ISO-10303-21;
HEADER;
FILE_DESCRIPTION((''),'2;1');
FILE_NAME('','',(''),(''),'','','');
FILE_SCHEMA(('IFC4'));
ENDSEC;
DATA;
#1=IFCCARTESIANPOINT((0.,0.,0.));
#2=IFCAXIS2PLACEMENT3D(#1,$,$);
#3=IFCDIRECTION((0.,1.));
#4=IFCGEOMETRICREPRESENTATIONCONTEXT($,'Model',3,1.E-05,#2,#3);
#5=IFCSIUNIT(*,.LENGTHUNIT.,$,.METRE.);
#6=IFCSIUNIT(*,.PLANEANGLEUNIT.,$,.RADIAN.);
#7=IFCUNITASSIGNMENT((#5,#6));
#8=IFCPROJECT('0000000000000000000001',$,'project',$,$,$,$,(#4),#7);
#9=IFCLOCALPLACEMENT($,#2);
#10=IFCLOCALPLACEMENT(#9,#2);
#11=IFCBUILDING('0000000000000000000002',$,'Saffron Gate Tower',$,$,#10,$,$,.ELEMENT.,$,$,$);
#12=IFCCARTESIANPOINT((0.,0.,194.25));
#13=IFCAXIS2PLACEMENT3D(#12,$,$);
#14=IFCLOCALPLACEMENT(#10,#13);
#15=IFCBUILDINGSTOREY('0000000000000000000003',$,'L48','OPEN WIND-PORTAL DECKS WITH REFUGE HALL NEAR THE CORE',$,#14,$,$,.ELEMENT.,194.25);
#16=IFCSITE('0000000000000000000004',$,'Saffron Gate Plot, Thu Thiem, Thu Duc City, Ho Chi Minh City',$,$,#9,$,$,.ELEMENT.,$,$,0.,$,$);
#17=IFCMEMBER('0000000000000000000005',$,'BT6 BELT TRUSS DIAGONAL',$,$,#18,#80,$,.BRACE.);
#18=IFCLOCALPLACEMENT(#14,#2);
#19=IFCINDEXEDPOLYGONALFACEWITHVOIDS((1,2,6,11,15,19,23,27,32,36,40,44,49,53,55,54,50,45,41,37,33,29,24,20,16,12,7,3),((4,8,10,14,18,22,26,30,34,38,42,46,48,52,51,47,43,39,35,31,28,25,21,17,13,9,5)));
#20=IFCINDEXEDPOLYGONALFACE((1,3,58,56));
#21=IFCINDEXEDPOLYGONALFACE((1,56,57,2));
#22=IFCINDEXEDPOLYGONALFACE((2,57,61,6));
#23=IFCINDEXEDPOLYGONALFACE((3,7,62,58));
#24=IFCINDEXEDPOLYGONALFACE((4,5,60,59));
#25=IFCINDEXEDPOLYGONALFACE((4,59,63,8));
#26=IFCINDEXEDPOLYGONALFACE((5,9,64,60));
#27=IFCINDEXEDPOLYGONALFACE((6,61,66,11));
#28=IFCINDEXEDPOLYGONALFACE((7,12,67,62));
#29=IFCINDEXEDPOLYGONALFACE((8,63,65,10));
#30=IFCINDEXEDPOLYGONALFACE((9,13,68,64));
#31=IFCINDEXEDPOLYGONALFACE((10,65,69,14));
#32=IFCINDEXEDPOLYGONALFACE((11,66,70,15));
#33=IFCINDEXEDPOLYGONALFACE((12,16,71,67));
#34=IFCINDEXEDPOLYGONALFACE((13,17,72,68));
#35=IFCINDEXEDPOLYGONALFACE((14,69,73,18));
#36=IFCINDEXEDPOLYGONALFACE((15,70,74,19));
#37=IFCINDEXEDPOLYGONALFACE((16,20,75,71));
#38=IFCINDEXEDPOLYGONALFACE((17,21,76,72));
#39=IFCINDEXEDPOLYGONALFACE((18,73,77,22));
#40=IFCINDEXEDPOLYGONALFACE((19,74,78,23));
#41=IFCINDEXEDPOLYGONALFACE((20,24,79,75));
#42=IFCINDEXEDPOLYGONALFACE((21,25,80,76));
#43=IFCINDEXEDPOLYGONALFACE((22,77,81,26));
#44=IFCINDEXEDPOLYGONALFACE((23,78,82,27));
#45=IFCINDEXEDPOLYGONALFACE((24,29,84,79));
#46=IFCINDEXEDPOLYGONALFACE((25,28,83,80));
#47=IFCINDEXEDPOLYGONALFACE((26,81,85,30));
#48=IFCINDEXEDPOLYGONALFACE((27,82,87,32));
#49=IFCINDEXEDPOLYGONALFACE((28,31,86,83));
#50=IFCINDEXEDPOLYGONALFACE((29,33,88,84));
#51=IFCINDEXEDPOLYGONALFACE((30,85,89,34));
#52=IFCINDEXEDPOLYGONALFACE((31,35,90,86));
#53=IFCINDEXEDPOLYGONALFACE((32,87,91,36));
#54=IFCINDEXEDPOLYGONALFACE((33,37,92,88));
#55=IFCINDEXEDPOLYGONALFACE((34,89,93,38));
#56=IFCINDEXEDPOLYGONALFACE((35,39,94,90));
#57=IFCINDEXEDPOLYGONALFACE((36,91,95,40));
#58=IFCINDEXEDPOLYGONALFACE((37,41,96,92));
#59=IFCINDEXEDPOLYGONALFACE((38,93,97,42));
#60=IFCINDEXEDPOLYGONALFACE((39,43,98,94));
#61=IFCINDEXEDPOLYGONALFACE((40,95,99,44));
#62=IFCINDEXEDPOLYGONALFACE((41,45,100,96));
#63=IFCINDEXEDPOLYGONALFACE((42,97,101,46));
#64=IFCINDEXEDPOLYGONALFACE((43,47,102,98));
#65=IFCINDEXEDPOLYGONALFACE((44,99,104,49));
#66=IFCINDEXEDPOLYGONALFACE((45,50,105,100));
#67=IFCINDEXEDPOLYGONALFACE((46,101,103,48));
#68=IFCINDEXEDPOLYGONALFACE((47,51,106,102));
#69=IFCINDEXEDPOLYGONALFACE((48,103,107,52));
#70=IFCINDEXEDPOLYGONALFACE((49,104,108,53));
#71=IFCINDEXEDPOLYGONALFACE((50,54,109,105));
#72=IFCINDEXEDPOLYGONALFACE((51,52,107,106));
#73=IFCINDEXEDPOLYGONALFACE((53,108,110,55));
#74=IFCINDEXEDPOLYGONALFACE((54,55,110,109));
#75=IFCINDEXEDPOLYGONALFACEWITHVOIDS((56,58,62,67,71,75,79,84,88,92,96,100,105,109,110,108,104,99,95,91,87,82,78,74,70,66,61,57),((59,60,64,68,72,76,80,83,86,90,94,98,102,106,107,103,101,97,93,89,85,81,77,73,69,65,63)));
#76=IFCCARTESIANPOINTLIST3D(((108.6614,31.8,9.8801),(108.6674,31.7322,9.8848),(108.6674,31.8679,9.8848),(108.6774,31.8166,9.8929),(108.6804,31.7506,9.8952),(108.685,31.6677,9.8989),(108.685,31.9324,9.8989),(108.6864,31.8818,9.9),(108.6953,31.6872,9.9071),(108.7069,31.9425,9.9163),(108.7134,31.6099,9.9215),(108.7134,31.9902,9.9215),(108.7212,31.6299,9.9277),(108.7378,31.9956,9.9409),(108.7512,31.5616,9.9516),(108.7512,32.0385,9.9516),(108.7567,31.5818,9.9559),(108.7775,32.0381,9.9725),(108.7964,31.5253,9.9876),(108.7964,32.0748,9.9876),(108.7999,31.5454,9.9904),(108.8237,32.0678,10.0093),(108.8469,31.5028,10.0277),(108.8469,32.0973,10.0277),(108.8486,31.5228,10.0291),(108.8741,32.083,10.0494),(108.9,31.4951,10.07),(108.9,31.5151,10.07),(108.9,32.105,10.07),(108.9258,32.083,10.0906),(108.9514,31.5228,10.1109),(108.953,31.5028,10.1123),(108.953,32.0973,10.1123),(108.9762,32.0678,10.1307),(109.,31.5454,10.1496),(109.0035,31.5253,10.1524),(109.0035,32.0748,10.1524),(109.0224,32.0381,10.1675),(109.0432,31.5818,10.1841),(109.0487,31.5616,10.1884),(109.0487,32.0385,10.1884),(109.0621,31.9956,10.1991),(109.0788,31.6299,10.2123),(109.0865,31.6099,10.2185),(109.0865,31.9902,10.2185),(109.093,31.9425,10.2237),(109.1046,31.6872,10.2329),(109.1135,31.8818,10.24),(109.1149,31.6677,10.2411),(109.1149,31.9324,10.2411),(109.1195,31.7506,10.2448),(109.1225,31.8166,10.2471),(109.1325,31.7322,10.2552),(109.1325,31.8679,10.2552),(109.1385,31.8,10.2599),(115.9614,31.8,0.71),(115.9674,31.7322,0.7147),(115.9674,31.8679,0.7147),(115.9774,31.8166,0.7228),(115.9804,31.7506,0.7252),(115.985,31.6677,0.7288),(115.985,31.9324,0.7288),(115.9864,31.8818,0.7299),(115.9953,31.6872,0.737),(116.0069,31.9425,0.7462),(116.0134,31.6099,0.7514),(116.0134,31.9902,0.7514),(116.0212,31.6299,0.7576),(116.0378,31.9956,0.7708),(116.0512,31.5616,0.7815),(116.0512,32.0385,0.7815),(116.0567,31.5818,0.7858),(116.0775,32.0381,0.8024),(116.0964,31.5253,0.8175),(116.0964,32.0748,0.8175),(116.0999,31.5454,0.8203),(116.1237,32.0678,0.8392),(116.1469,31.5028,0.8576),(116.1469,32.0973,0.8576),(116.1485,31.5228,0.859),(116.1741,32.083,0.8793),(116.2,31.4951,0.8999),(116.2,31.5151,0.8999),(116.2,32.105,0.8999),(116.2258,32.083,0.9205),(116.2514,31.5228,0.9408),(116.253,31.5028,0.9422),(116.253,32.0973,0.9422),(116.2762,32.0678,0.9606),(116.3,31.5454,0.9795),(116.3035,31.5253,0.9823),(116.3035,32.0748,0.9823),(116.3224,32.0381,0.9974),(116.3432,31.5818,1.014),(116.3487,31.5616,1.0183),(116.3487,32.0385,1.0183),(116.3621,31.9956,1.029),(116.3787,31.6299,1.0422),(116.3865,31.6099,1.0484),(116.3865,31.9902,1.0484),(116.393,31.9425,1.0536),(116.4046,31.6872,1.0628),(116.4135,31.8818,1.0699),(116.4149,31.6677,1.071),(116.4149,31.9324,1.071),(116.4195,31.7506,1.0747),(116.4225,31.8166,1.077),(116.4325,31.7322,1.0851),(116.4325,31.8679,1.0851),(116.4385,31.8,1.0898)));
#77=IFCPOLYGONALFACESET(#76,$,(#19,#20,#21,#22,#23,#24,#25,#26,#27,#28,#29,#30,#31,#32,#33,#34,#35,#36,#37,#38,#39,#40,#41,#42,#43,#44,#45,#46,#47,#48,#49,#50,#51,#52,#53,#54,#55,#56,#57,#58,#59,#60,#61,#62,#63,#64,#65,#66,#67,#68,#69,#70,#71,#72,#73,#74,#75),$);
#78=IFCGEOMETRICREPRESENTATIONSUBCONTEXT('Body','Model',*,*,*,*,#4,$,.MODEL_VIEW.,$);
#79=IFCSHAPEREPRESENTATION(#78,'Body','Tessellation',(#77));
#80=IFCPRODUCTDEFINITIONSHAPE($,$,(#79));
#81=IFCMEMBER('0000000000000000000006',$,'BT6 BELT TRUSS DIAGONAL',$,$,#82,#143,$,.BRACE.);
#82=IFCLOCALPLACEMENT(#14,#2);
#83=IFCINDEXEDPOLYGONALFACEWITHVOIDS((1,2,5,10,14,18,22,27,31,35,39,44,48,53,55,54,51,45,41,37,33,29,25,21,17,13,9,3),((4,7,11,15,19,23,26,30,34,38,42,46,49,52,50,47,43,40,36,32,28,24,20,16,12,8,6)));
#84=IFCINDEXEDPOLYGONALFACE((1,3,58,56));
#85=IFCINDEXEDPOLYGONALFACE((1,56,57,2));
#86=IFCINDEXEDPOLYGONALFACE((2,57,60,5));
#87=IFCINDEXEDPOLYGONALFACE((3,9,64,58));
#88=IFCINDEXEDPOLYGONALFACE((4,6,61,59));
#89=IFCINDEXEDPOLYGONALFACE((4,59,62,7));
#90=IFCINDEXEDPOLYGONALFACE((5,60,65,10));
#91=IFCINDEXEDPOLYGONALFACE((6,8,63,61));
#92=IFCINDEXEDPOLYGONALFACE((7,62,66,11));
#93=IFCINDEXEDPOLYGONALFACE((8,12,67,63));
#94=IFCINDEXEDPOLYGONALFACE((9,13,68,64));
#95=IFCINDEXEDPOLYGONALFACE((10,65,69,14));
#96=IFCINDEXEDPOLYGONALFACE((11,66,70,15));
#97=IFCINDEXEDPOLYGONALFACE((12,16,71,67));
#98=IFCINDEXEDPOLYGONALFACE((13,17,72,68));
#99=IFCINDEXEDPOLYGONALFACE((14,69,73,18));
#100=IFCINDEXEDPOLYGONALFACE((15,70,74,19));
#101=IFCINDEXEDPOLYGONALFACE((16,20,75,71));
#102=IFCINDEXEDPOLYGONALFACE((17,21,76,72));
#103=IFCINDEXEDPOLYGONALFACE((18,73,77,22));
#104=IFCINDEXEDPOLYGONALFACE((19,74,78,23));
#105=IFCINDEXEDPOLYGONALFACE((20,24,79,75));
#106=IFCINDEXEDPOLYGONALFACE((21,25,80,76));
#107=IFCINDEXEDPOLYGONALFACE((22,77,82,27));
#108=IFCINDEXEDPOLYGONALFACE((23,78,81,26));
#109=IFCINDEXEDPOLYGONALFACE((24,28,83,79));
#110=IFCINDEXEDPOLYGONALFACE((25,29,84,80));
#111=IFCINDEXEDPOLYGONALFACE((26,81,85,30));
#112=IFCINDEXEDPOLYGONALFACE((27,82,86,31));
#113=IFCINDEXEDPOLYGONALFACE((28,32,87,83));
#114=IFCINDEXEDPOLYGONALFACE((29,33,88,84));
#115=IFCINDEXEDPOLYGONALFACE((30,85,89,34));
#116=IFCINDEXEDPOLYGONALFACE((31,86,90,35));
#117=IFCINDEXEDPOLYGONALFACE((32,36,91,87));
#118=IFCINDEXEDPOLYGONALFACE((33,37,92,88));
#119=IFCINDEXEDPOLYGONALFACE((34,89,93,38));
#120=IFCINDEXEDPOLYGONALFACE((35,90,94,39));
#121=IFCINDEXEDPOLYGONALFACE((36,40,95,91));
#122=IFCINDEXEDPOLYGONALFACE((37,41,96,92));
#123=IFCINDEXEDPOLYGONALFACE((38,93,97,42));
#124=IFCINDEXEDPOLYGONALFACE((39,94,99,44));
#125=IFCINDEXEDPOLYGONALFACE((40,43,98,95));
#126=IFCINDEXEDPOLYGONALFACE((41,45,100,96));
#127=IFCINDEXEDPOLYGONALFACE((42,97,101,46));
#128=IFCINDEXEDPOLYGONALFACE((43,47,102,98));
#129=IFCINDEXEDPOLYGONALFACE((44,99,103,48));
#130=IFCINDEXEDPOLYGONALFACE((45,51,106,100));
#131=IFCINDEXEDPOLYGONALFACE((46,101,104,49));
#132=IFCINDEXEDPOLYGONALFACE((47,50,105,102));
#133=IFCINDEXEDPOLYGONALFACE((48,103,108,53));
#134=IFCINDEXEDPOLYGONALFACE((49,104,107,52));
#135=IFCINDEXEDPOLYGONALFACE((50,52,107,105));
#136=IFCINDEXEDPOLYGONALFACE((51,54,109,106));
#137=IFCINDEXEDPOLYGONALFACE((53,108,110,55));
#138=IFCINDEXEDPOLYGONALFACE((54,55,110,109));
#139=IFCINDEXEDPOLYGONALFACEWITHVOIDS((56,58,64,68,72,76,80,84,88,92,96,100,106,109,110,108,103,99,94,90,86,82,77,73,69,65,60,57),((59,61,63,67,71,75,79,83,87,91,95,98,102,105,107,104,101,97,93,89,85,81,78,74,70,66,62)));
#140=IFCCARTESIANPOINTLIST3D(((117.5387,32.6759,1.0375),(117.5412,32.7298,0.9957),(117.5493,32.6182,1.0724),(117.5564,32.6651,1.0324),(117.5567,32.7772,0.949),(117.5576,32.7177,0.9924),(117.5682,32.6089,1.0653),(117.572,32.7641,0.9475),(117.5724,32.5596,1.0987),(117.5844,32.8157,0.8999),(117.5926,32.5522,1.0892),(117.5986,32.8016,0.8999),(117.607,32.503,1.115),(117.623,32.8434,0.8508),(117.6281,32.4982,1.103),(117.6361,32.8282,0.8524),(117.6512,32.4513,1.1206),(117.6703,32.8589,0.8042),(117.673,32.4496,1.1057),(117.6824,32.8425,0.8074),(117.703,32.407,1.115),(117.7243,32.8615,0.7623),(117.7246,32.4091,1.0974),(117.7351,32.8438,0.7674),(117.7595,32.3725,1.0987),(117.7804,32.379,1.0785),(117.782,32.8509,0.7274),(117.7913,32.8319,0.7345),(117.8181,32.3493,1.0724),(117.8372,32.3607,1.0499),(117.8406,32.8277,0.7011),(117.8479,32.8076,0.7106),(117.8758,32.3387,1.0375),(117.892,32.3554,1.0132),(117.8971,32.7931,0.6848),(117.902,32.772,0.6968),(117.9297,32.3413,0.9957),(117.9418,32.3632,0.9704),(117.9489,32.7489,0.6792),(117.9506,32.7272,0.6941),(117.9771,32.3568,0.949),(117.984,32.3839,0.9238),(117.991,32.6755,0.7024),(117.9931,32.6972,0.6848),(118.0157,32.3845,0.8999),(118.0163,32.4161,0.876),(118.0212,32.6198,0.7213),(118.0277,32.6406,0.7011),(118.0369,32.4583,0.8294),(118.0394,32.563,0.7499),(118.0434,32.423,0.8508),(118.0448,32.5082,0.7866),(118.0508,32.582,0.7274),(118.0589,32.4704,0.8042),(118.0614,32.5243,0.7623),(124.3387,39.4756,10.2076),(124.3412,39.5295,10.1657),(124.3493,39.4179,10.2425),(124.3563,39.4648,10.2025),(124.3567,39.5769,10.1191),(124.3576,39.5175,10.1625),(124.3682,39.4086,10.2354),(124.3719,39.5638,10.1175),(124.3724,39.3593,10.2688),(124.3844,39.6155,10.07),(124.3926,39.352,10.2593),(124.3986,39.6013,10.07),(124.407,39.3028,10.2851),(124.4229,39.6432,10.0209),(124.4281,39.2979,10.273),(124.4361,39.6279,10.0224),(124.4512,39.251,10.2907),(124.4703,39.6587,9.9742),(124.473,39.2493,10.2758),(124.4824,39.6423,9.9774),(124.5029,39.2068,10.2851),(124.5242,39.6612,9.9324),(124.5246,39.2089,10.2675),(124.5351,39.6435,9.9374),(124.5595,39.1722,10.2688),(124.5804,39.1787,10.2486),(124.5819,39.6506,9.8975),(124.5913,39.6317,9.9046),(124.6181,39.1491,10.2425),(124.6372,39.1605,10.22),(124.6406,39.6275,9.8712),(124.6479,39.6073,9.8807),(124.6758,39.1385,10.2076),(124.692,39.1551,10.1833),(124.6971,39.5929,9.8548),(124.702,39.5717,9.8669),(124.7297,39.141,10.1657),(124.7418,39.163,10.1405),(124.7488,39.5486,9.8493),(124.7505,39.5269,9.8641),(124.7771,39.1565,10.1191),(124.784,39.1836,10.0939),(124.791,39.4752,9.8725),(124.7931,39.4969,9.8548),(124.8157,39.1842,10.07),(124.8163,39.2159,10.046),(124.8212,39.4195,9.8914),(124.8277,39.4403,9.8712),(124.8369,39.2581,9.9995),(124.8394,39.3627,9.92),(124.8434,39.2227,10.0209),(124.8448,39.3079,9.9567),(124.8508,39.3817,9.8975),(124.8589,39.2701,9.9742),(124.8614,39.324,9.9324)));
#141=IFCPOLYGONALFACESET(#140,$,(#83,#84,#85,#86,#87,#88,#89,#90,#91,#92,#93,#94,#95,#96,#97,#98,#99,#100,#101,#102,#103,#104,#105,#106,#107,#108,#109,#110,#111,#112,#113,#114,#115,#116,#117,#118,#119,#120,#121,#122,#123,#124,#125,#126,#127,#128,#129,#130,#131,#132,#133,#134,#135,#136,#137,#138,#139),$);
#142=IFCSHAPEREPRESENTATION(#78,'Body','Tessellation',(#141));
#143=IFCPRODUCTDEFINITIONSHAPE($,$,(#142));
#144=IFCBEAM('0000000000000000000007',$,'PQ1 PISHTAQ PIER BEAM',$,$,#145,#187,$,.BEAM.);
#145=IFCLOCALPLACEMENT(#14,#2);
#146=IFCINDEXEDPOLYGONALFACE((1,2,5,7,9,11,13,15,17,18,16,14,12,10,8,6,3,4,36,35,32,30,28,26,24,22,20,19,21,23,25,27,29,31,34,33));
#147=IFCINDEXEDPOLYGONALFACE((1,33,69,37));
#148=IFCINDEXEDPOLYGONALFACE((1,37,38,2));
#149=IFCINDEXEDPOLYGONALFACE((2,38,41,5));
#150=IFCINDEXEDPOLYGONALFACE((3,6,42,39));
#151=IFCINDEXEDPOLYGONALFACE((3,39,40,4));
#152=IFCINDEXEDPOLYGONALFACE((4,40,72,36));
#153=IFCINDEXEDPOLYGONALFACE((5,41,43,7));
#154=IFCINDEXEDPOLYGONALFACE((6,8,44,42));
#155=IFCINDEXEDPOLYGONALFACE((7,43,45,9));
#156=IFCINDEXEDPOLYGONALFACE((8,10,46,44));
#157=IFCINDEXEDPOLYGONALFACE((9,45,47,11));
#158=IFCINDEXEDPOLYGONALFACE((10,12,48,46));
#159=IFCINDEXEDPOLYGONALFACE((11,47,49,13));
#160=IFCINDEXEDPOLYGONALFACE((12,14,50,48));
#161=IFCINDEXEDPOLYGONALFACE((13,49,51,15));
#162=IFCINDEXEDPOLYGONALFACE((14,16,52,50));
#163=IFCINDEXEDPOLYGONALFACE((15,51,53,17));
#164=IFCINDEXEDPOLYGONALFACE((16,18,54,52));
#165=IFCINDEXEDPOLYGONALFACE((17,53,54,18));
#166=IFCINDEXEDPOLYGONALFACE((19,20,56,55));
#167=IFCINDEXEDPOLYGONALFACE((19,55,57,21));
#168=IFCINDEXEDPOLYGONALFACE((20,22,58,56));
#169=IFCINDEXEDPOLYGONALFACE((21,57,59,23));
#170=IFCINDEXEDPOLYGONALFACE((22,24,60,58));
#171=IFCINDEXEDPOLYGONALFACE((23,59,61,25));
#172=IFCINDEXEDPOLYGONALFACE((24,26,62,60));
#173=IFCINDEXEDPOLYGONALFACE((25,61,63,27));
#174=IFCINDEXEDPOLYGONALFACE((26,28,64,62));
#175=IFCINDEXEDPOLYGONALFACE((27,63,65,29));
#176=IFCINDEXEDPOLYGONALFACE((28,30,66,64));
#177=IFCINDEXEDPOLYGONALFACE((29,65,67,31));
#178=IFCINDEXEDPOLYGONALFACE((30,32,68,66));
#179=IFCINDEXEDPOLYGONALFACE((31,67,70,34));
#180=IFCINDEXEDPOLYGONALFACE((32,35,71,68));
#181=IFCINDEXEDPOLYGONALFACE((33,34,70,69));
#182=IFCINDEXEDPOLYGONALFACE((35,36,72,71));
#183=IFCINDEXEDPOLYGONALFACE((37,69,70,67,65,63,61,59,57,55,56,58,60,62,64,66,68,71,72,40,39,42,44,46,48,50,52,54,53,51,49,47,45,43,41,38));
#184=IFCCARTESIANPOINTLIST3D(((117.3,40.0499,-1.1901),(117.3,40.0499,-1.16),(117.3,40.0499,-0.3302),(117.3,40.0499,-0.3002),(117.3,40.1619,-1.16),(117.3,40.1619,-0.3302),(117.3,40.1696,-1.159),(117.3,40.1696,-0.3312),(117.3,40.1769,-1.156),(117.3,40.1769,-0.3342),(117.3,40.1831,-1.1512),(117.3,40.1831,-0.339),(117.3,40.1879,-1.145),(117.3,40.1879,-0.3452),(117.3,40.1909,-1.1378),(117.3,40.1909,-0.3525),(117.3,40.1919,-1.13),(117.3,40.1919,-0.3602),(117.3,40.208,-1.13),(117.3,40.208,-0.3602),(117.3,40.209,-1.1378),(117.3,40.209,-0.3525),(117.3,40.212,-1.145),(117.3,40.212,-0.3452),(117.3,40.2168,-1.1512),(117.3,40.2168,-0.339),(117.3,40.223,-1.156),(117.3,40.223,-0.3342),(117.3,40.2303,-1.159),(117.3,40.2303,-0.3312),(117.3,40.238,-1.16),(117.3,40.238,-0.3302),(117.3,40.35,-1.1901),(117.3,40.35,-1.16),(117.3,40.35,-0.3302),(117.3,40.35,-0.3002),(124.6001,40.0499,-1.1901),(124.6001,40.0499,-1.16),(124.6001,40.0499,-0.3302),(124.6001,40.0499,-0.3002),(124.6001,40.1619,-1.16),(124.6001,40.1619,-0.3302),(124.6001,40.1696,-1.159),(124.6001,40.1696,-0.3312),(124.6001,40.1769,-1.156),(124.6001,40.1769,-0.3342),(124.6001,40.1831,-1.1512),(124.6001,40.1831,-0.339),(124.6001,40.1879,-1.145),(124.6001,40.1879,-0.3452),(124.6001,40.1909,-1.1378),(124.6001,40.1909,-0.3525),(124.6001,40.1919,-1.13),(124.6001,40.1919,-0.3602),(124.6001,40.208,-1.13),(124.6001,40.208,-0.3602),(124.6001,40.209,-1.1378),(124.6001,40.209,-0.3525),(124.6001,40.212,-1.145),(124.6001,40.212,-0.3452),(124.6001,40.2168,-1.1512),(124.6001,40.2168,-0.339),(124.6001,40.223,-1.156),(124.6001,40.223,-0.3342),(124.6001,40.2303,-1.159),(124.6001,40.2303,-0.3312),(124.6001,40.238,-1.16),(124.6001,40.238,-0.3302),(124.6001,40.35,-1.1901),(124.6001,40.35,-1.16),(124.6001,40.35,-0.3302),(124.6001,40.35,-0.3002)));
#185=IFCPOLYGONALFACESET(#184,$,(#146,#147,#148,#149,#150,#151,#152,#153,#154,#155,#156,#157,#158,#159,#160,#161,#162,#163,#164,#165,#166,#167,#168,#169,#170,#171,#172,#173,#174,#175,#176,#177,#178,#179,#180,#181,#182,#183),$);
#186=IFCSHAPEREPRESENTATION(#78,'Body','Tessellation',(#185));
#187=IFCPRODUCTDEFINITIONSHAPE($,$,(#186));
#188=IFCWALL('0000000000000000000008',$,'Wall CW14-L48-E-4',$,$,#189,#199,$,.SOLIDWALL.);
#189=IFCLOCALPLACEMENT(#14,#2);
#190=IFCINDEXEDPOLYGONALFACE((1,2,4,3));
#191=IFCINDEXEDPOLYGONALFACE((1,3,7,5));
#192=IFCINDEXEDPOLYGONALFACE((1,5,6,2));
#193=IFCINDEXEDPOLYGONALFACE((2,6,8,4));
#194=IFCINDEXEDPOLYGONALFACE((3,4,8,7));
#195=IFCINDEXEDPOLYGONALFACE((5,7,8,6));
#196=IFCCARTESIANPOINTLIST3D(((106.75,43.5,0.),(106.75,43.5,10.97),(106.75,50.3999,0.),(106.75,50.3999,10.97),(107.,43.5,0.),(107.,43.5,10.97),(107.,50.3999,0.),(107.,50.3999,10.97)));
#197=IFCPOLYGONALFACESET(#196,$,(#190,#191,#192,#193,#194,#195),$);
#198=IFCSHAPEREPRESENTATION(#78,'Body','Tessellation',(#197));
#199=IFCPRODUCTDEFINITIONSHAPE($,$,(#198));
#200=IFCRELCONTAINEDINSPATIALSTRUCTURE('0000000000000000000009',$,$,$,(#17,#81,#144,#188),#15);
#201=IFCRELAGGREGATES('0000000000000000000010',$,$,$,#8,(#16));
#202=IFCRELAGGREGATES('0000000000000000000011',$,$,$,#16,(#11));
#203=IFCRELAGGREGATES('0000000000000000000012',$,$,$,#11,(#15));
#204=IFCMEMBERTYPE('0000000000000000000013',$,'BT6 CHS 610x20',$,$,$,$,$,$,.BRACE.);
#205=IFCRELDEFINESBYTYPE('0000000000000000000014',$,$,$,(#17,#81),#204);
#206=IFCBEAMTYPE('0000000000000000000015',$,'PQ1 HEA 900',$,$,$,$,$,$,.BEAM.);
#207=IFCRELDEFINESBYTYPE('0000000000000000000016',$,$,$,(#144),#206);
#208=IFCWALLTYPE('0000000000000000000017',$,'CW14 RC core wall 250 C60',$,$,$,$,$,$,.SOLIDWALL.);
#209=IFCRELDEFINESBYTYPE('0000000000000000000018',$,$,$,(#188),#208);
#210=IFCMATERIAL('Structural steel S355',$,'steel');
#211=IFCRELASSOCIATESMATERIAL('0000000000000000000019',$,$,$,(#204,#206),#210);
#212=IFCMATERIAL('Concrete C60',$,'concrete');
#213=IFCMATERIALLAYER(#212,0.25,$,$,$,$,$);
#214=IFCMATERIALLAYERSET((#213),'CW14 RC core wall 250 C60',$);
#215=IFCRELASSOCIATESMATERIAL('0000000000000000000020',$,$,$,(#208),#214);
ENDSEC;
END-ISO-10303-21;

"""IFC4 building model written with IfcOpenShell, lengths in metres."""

from ifc_helpers import new_model, si_unit, direction, frame, frame_2d, origin, origin_2d, place, context, subcontext, project, spatial, rectangle, hollow_circle, i_section, extrude, material, layer, layer_set, material_profile, profile_set, type_object, element, save


model = new_model("IFC4")

# Units and contexts
model_context = context("Model", 3, precision=1e-05, world=origin(), true_north=direction((0.0, 1.0)))
body_context = subcontext(model_context, "Body", "Model", "MODEL_VIEW")
ifc_project = project(units=[si_unit("LENGTHUNIT", "METRE"), si_unit("PLANEANGLEUNIT", "RADIAN")], contexts=[model_context])

# Site, building, storey
site_placement = place(None, origin())
site = spatial("IfcSite", under=ifc_project, at=site_placement, Name="Saffron Gate Plot, Thu Thiem, Thu Duc City, Ho Chi Minh City", CompositionType="ELEMENT", RefElevation=0.0)
building_placement = place(site_placement, origin())
building = spatial("IfcBuilding", under=site, at=building_placement, Name="Saffron Gate Tower", CompositionType="ELEMENT")
storey_placement = place(building_placement, frame((0.0, 0.0, 194.25)))
storey = spatial("IfcBuildingStorey", under=building, at=storey_placement, Name="L48", Description="OPEN WIND-PORTAL DECKS WITH REFUGE HALL NEAR THE CORE", CompositionType="ELEMENT", Elevation=194.25)

# Shared definitions
ifc_material_1 = material(Name="Structural steel S355", Category="steel")

# Members
ifc_material_profile_1 = material_profile(ifc_material_1, hollow_circle(Radius=0.3049, WallThickness=0.02, at=origin_2d()))
ifc_profile_set_1 = profile_set([ifc_material_profile_1], Name="Structural steel S355")
member_type_1 = type_object("IfcMemberType", Name="BT6 CHS 610x20", PredefinedType="BRACE", material=ifc_profile_set_1)
member_1_placement = place(storey_placement, frame((116.2, 31.8, 0.8999), z_axis=(-0.622816, 0.0, 0.782368), x_axis=(0.0, -1.0, 0.0)))
element("IfcMember", 1, at=member_1_placement, inside=storey, type_object=member_type_1, Name="BT6 BELT TRUSS DIAGONAL", PredefinedType="BRACE", context=body_context, shape_type="SweptSolid", body=[
    extrude(hollow_circle(Radius=0.3049, WallThickness=0.02, at=origin_2d()), origin(), (0.0, 0.0, 1.0), 11.7209),
])
member_2_placement = place(storey_placement, frame((117.8, 32.6001, 0.8999), z_axis=(0.511745, 0.511727, 0.690111), x_axis=(-0.707094, 0.707119, 0.0)))
element("IfcMember", 2, at=member_2_placement, inside=storey, type_object=member_type_1, Name="BT6 BELT TRUSS DIAGONAL", PredefinedType="BRACE", context=body_context, shape_type="SweptSolid", body=[
    extrude(hollow_circle(Radius=0.3049, WallThickness=0.02, at=origin_2d()), origin(), (0.0, 0.0, 1.0), 13.2878),
])

# Beam
ifc_material_profile_2 = material_profile(ifc_material_1, i_section(OverallWidth=0.3, OverallDepth=0.8899, WebThickness=0.0161, FlangeThickness=0.03, FilletRadius=0.03, at=origin_2d()))
ifc_profile_set_2 = profile_set([ifc_material_profile_2], Name="Structural steel S355")
beam_type_1 = type_object("IfcBeamType", Name="PQ1 HEA 900", PredefinedType="BEAM", material=ifc_profile_set_2)
beam_1_placement = place(storey_placement, frame((124.6001, 40.2, -0.7451), z_axis=(-1.0, 0.0, 0.0), x_axis=(0.0, -1.0, 0.0)))
element("IfcBeam", 3, at=beam_1_placement, inside=storey, type_object=beam_type_1, Name="PQ1 PISHTAQ PIER BEAM", PredefinedType="BEAM", context=body_context, shape_type="SweptSolid", body=[
    extrude(i_section(OverallWidth=0.3, OverallDepth=0.8899, WebThickness=0.0161, FlangeThickness=0.03, FilletRadius=0.03, at=origin_2d()), origin(), (0.0, 0.0, 1.0), 7.3),
])

# Wall
ifc_material_2 = material(Name="Concrete C60", Category="concrete")
ifc_layer_1 = layer(ifc_material_2, 0.25)
ifc_layer_set_1 = layer_set([ifc_layer_1], Name="CW14 RC core wall 250 C60")
wall_type_1 = type_object("IfcWallType", Name="CW14 RC core wall 250 C60", PredefinedType="SOLIDWALL", material=ifc_layer_set_1)
wall_1_placement = place(storey_placement, frame((106.875, 43.5, 0.0), z_axis=(0.0, 0.0, 1.0), x_axis=(0.0, 1.0, 0.0)))
element("IfcWall", 4, at=wall_1_placement, inside=storey, type_object=wall_type_1, Name="Wall CW14-L48-E-4", PredefinedType="SOLIDWALL", context=body_context, shape_type="SweptSolid", body=[
    extrude(rectangle(XDim=6.8999, YDim=0.25, at=frame_2d((3.45, 0.0))), origin(), (0.0, 0.0, 1.0), 10.97),
])

save(model, "model.ifc")
